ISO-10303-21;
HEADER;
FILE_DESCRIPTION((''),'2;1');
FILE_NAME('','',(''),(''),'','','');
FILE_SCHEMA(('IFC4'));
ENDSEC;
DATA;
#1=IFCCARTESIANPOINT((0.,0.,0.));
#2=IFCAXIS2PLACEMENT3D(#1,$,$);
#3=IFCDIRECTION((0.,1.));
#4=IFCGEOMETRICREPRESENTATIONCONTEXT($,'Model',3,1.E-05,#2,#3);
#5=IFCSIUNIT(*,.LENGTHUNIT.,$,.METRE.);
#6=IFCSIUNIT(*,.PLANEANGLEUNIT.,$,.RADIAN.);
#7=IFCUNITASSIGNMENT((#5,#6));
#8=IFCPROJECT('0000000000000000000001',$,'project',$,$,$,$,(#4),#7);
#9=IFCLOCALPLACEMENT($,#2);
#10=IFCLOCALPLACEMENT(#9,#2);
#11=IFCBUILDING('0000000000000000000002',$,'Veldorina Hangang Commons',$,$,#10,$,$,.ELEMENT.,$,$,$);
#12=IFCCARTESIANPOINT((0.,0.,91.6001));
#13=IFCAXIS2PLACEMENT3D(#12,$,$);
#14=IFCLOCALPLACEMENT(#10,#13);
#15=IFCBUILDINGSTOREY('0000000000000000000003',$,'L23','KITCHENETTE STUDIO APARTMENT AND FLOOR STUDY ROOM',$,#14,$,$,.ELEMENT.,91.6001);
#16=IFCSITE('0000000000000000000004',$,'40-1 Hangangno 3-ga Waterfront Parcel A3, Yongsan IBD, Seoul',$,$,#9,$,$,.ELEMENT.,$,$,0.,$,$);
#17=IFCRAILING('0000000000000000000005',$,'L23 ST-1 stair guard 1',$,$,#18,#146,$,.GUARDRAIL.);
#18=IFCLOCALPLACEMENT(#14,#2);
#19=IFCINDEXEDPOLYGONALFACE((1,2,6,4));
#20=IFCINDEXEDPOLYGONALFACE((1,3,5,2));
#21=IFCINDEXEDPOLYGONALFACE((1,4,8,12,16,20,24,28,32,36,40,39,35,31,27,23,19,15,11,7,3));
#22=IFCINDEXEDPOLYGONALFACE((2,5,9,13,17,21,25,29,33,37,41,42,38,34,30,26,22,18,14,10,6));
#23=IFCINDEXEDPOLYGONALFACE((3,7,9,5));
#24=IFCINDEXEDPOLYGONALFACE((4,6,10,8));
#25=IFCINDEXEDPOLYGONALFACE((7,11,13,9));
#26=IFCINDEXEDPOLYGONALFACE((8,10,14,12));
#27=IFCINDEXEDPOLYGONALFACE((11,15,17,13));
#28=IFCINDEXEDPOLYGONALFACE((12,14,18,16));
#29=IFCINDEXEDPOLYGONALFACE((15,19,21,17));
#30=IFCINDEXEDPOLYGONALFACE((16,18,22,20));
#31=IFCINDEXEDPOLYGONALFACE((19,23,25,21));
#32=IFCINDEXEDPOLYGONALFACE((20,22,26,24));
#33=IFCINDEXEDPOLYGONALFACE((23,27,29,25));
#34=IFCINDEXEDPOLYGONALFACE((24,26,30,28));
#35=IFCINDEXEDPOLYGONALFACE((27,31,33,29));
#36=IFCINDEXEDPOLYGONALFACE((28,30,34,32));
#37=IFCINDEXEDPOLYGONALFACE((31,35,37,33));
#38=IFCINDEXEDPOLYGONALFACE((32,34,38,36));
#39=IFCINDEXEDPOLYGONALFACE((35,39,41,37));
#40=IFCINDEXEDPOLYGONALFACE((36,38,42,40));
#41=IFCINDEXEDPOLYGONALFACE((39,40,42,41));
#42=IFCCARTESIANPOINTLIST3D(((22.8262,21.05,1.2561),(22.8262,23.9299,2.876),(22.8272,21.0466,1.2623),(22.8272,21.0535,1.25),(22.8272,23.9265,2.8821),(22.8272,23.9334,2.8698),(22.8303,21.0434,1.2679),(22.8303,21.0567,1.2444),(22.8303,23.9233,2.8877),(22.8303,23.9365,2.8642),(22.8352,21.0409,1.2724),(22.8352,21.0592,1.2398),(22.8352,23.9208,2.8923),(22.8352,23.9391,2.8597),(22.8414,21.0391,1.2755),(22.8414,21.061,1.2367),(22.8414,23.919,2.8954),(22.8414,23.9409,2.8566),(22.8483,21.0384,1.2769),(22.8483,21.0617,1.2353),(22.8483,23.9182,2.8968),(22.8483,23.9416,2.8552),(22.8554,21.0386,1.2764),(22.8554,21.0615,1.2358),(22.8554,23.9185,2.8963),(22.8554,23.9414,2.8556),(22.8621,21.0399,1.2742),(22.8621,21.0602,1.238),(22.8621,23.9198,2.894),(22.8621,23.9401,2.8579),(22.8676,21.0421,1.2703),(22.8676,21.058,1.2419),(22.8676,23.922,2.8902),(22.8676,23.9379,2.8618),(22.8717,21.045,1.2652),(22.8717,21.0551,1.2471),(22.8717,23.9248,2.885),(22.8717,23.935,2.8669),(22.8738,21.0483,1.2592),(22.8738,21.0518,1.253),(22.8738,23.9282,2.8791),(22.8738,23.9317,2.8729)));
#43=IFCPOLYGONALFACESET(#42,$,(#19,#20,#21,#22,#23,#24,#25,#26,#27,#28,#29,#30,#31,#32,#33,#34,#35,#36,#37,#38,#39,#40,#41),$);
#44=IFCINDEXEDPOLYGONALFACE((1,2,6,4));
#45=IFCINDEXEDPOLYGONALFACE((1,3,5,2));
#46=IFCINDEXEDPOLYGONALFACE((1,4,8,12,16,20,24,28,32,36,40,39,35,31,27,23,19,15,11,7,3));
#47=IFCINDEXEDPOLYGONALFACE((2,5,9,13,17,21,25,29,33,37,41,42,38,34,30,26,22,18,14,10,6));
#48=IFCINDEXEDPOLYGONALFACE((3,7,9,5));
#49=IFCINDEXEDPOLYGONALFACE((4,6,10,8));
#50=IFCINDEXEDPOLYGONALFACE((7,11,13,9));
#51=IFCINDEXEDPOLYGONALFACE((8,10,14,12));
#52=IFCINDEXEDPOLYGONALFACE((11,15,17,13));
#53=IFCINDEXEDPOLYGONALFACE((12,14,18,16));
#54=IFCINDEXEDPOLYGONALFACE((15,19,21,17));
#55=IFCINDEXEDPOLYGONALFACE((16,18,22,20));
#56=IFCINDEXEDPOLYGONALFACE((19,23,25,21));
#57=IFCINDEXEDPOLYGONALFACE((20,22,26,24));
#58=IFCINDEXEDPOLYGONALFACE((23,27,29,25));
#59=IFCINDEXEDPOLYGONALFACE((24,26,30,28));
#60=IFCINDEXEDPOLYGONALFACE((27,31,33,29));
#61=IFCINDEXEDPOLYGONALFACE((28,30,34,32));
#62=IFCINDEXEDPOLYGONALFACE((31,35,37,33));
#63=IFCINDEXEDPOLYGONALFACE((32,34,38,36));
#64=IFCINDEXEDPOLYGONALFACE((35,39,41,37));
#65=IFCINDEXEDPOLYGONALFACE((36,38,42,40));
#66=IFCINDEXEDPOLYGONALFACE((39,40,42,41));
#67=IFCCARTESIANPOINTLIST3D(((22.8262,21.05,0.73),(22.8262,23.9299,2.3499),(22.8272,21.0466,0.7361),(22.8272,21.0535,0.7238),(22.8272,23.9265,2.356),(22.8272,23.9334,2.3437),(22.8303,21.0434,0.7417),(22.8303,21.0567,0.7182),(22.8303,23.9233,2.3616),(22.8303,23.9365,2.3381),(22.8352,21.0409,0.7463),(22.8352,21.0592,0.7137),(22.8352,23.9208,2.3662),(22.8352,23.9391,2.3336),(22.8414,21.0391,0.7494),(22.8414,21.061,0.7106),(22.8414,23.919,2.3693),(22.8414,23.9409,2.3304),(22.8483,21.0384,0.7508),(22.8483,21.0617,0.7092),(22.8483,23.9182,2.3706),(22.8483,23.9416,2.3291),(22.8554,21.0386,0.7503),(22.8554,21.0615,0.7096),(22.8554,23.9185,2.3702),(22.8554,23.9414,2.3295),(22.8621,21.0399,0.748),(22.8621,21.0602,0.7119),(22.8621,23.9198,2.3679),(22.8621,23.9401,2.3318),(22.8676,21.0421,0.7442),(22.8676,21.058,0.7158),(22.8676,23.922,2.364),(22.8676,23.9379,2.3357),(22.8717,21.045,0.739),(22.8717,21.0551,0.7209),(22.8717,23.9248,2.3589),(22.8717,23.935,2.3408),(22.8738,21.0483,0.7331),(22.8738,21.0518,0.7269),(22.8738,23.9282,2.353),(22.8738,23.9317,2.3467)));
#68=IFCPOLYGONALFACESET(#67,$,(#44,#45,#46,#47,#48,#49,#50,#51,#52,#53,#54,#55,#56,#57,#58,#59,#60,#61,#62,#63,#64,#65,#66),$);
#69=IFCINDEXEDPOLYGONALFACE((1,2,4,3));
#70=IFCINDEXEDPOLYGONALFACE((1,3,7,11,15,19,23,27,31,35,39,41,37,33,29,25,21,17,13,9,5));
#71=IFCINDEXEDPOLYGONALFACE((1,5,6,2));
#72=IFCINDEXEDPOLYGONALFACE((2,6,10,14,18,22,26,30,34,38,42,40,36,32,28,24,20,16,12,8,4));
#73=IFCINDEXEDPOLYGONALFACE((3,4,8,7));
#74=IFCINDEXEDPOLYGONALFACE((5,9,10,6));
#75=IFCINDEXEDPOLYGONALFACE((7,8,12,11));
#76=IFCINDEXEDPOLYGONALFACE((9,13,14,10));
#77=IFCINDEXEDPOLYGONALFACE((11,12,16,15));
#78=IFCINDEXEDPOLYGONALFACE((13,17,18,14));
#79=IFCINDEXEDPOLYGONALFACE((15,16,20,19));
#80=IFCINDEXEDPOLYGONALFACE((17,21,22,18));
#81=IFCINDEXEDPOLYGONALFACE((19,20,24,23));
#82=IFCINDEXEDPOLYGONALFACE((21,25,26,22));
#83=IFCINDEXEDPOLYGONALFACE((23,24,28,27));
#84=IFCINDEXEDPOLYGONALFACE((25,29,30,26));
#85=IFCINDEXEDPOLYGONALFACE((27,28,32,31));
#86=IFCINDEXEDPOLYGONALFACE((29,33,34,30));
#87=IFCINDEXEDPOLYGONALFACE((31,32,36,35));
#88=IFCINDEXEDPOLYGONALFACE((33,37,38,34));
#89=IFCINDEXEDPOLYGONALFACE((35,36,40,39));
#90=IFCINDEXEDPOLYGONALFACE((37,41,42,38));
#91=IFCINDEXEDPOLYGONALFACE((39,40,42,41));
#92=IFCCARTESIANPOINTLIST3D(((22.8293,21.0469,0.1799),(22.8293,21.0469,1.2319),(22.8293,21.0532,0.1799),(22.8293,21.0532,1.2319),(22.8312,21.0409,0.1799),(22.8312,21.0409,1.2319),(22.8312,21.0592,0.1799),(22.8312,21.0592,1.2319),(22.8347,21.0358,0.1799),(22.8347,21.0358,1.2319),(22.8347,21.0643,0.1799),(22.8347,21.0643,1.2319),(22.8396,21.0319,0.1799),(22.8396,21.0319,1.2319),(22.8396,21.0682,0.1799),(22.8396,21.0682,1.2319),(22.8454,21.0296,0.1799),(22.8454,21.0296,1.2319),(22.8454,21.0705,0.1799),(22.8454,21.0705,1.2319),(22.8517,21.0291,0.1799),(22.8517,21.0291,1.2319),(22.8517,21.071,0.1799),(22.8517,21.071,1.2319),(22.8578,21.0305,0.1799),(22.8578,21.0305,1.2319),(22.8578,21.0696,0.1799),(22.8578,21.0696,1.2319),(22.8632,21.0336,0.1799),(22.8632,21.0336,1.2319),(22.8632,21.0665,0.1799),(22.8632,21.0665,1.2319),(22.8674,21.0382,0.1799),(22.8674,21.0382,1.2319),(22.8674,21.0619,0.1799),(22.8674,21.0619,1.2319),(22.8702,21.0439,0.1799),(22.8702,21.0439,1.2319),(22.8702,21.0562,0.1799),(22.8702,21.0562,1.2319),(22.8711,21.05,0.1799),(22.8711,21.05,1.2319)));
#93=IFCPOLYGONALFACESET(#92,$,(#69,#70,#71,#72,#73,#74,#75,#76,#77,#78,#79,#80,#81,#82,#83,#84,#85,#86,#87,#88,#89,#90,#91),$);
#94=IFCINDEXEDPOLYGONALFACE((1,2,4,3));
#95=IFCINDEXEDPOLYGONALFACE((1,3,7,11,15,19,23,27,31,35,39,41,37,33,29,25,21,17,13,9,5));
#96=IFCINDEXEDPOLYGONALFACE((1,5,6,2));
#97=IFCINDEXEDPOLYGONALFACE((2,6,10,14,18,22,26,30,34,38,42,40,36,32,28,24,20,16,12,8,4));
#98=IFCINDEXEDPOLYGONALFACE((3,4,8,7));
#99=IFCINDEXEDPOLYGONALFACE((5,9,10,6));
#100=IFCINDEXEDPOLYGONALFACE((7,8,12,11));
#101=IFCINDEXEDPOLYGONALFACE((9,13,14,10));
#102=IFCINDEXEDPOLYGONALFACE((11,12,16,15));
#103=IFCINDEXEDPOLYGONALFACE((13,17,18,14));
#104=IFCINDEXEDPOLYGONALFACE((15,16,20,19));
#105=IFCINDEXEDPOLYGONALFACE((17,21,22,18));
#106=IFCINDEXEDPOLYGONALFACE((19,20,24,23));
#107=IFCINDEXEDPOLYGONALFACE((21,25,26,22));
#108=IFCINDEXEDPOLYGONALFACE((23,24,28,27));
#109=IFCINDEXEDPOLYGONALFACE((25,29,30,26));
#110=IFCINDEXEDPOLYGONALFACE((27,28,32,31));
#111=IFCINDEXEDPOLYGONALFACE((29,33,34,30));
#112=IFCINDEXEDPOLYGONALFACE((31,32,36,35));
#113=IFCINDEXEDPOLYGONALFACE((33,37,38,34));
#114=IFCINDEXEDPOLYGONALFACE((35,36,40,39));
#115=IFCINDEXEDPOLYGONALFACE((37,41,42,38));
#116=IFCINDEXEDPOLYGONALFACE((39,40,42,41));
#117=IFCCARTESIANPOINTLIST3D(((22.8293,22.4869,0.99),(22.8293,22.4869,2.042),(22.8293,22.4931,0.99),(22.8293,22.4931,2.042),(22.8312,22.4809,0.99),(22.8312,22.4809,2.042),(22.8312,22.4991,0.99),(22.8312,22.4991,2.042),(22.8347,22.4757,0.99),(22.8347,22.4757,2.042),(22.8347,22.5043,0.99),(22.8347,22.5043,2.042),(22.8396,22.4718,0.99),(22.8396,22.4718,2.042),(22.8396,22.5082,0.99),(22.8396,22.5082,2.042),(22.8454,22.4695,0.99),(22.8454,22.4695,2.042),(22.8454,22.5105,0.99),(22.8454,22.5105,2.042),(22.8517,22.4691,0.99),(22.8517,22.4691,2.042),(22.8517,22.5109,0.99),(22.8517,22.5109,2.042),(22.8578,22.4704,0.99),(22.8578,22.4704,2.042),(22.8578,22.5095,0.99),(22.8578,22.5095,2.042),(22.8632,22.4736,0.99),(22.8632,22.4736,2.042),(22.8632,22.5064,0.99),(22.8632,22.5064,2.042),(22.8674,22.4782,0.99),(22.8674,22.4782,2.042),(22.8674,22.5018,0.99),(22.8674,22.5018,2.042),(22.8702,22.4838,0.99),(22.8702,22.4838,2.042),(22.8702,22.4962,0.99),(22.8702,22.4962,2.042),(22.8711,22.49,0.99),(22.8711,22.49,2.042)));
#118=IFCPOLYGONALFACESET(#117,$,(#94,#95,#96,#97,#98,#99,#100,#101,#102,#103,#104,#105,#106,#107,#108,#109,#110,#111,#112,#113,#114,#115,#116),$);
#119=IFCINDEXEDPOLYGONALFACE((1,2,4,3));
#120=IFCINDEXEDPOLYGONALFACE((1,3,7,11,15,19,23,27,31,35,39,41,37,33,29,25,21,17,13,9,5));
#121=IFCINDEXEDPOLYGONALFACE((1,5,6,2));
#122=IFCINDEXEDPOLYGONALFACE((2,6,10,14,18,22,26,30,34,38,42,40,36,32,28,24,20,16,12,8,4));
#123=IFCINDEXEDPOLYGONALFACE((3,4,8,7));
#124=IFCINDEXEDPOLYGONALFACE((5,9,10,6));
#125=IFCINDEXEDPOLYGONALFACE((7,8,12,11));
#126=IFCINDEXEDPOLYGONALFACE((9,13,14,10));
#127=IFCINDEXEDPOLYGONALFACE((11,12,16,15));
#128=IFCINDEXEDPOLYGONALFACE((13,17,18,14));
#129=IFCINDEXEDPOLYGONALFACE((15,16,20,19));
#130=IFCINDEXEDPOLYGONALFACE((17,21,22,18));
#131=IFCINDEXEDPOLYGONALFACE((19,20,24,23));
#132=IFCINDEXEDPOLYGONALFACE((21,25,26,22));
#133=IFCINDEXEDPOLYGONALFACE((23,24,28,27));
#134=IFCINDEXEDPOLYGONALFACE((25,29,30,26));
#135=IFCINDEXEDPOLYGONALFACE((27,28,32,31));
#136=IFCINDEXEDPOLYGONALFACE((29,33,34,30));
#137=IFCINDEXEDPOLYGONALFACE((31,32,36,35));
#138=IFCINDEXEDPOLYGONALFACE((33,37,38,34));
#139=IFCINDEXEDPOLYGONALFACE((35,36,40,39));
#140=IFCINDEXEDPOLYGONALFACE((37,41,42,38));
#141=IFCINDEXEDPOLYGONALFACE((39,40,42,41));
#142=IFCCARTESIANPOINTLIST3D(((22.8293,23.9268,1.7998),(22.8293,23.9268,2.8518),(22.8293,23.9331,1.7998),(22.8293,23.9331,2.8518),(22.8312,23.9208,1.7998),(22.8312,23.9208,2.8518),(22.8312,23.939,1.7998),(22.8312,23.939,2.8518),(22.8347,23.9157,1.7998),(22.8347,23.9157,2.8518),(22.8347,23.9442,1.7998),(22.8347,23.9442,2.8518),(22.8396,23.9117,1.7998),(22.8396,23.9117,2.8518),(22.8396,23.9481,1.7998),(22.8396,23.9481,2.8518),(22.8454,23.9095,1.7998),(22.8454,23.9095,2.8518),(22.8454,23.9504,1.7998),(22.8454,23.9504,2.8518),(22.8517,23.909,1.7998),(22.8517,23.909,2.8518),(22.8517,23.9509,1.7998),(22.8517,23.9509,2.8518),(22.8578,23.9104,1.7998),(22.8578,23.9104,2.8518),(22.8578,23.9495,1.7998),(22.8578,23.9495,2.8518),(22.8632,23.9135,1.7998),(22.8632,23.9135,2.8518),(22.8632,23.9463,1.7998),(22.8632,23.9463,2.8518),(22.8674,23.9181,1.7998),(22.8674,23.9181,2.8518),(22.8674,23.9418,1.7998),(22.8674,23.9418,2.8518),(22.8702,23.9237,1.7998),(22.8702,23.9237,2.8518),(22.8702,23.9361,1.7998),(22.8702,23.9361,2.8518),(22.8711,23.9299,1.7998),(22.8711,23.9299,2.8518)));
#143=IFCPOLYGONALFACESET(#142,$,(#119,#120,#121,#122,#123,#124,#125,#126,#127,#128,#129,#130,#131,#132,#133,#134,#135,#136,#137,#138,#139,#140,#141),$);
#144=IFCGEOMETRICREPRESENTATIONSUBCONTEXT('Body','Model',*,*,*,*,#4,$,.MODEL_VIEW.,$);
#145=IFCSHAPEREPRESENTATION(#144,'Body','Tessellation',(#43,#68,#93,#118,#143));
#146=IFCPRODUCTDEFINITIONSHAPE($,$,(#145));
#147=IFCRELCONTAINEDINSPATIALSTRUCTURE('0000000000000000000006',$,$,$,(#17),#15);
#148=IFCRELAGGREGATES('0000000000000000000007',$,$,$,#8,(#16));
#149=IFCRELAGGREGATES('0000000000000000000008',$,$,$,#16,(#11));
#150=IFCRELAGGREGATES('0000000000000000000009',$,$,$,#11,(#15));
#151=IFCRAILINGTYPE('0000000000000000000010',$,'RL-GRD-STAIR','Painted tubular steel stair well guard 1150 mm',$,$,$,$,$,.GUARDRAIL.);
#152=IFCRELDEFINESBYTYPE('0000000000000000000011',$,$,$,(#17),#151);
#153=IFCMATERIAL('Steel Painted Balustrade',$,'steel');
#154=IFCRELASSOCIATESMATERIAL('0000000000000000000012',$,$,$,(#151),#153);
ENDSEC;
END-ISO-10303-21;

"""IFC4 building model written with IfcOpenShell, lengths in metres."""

from ifc_helpers import new_model, si_unit, direction, frame, origin, origin_2d, place, context, subcontext, project, spatial, circle, extrude, material, type_object, element, save


model = new_model("IFC4")

# Units and contexts
model_context = context("Model", 3, precision=1e-05, world=origin(), true_north=direction((0.0, 1.0)))
body_context = subcontext(model_context, "Body", "Model", "MODEL_VIEW")
ifc_project = project(units=[si_unit("LENGTHUNIT", "METRE"), si_unit("PLANEANGLEUNIT", "RADIAN")], contexts=[model_context])

# Site, building, storey
site_placement = place(None, origin())
site = spatial("IfcSite", under=ifc_project, at=site_placement, Name="40-1 Hangangno 3-ga Waterfront Parcel A3, Yongsan IBD, Seoul", CompositionType="ELEMENT", RefElevation=0.0)
building_placement = place(site_placement, origin())
building = spatial("IfcBuilding", under=site, at=building_placement, Name="Veldorina Hangang Commons", CompositionType="ELEMENT")
storey_placement = place(building_placement, frame((0.0, 0.0, 91.6001)))
storey = spatial("IfcBuildingStorey", under=building, at=storey_placement, Name="L23", Description="KITCHENETTE STUDIO APARTMENT AND FLOOR STUDY ROOM", CompositionType="ELEMENT", Elevation=91.6001)

# Railing
ifc_material_1 = material(Name="Steel Painted Balustrade", Category="steel")
railing_type_1 = type_object("IfcRailingType", Name="RL-GRD-STAIR", Description="Painted tubular steel stair well guard 1150 mm", PredefinedType="GUARDRAIL", material=ifc_material_1)
railing_1_placement = place(storey_placement, frame((22.8501, 21.05, 0.1799)))
element("IfcRailing", 1, at=railing_1_placement, inside=storey, type_object=railing_type_1, Name="L23 ST-1 stair guard 1", PredefinedType="GUARDRAIL", context=body_context, shape_type="SweptSolid", body=[
    extrude(circle(Radius=0.0239, at=origin_2d()), frame((0.0, 0.0, 1.0762), z_axis=(0.0, 0.871583, 0.490247), x_axis=(-1.0, 0.0, 0.0)), (0.0, 0.0, 1.0), 3.3042),
    extrude(circle(Radius=0.0239, at=origin_2d()), frame((0.0, 0.0, 0.55), z_axis=(0.0, 0.871583, 0.490247), x_axis=(-1.0, 0.0, 0.0)), (0.0, 0.0, 1.0), 3.3042),
    extrude(circle(Radius=0.021, at=origin_2d()), origin(), (0.0, 0.0, 1.0), 1.052),
    extrude(circle(Radius=0.021, at=origin_2d()), frame((0.0, 1.4399, 0.8101)), (0.0, 0.0, 1.0), 1.052),
    extrude(circle(Radius=0.021, at=origin_2d()), frame((0.0, 2.8799, 1.6199)), (0.0, 0.0, 1.0), 1.052),
])

save(model, "model.ifc")
